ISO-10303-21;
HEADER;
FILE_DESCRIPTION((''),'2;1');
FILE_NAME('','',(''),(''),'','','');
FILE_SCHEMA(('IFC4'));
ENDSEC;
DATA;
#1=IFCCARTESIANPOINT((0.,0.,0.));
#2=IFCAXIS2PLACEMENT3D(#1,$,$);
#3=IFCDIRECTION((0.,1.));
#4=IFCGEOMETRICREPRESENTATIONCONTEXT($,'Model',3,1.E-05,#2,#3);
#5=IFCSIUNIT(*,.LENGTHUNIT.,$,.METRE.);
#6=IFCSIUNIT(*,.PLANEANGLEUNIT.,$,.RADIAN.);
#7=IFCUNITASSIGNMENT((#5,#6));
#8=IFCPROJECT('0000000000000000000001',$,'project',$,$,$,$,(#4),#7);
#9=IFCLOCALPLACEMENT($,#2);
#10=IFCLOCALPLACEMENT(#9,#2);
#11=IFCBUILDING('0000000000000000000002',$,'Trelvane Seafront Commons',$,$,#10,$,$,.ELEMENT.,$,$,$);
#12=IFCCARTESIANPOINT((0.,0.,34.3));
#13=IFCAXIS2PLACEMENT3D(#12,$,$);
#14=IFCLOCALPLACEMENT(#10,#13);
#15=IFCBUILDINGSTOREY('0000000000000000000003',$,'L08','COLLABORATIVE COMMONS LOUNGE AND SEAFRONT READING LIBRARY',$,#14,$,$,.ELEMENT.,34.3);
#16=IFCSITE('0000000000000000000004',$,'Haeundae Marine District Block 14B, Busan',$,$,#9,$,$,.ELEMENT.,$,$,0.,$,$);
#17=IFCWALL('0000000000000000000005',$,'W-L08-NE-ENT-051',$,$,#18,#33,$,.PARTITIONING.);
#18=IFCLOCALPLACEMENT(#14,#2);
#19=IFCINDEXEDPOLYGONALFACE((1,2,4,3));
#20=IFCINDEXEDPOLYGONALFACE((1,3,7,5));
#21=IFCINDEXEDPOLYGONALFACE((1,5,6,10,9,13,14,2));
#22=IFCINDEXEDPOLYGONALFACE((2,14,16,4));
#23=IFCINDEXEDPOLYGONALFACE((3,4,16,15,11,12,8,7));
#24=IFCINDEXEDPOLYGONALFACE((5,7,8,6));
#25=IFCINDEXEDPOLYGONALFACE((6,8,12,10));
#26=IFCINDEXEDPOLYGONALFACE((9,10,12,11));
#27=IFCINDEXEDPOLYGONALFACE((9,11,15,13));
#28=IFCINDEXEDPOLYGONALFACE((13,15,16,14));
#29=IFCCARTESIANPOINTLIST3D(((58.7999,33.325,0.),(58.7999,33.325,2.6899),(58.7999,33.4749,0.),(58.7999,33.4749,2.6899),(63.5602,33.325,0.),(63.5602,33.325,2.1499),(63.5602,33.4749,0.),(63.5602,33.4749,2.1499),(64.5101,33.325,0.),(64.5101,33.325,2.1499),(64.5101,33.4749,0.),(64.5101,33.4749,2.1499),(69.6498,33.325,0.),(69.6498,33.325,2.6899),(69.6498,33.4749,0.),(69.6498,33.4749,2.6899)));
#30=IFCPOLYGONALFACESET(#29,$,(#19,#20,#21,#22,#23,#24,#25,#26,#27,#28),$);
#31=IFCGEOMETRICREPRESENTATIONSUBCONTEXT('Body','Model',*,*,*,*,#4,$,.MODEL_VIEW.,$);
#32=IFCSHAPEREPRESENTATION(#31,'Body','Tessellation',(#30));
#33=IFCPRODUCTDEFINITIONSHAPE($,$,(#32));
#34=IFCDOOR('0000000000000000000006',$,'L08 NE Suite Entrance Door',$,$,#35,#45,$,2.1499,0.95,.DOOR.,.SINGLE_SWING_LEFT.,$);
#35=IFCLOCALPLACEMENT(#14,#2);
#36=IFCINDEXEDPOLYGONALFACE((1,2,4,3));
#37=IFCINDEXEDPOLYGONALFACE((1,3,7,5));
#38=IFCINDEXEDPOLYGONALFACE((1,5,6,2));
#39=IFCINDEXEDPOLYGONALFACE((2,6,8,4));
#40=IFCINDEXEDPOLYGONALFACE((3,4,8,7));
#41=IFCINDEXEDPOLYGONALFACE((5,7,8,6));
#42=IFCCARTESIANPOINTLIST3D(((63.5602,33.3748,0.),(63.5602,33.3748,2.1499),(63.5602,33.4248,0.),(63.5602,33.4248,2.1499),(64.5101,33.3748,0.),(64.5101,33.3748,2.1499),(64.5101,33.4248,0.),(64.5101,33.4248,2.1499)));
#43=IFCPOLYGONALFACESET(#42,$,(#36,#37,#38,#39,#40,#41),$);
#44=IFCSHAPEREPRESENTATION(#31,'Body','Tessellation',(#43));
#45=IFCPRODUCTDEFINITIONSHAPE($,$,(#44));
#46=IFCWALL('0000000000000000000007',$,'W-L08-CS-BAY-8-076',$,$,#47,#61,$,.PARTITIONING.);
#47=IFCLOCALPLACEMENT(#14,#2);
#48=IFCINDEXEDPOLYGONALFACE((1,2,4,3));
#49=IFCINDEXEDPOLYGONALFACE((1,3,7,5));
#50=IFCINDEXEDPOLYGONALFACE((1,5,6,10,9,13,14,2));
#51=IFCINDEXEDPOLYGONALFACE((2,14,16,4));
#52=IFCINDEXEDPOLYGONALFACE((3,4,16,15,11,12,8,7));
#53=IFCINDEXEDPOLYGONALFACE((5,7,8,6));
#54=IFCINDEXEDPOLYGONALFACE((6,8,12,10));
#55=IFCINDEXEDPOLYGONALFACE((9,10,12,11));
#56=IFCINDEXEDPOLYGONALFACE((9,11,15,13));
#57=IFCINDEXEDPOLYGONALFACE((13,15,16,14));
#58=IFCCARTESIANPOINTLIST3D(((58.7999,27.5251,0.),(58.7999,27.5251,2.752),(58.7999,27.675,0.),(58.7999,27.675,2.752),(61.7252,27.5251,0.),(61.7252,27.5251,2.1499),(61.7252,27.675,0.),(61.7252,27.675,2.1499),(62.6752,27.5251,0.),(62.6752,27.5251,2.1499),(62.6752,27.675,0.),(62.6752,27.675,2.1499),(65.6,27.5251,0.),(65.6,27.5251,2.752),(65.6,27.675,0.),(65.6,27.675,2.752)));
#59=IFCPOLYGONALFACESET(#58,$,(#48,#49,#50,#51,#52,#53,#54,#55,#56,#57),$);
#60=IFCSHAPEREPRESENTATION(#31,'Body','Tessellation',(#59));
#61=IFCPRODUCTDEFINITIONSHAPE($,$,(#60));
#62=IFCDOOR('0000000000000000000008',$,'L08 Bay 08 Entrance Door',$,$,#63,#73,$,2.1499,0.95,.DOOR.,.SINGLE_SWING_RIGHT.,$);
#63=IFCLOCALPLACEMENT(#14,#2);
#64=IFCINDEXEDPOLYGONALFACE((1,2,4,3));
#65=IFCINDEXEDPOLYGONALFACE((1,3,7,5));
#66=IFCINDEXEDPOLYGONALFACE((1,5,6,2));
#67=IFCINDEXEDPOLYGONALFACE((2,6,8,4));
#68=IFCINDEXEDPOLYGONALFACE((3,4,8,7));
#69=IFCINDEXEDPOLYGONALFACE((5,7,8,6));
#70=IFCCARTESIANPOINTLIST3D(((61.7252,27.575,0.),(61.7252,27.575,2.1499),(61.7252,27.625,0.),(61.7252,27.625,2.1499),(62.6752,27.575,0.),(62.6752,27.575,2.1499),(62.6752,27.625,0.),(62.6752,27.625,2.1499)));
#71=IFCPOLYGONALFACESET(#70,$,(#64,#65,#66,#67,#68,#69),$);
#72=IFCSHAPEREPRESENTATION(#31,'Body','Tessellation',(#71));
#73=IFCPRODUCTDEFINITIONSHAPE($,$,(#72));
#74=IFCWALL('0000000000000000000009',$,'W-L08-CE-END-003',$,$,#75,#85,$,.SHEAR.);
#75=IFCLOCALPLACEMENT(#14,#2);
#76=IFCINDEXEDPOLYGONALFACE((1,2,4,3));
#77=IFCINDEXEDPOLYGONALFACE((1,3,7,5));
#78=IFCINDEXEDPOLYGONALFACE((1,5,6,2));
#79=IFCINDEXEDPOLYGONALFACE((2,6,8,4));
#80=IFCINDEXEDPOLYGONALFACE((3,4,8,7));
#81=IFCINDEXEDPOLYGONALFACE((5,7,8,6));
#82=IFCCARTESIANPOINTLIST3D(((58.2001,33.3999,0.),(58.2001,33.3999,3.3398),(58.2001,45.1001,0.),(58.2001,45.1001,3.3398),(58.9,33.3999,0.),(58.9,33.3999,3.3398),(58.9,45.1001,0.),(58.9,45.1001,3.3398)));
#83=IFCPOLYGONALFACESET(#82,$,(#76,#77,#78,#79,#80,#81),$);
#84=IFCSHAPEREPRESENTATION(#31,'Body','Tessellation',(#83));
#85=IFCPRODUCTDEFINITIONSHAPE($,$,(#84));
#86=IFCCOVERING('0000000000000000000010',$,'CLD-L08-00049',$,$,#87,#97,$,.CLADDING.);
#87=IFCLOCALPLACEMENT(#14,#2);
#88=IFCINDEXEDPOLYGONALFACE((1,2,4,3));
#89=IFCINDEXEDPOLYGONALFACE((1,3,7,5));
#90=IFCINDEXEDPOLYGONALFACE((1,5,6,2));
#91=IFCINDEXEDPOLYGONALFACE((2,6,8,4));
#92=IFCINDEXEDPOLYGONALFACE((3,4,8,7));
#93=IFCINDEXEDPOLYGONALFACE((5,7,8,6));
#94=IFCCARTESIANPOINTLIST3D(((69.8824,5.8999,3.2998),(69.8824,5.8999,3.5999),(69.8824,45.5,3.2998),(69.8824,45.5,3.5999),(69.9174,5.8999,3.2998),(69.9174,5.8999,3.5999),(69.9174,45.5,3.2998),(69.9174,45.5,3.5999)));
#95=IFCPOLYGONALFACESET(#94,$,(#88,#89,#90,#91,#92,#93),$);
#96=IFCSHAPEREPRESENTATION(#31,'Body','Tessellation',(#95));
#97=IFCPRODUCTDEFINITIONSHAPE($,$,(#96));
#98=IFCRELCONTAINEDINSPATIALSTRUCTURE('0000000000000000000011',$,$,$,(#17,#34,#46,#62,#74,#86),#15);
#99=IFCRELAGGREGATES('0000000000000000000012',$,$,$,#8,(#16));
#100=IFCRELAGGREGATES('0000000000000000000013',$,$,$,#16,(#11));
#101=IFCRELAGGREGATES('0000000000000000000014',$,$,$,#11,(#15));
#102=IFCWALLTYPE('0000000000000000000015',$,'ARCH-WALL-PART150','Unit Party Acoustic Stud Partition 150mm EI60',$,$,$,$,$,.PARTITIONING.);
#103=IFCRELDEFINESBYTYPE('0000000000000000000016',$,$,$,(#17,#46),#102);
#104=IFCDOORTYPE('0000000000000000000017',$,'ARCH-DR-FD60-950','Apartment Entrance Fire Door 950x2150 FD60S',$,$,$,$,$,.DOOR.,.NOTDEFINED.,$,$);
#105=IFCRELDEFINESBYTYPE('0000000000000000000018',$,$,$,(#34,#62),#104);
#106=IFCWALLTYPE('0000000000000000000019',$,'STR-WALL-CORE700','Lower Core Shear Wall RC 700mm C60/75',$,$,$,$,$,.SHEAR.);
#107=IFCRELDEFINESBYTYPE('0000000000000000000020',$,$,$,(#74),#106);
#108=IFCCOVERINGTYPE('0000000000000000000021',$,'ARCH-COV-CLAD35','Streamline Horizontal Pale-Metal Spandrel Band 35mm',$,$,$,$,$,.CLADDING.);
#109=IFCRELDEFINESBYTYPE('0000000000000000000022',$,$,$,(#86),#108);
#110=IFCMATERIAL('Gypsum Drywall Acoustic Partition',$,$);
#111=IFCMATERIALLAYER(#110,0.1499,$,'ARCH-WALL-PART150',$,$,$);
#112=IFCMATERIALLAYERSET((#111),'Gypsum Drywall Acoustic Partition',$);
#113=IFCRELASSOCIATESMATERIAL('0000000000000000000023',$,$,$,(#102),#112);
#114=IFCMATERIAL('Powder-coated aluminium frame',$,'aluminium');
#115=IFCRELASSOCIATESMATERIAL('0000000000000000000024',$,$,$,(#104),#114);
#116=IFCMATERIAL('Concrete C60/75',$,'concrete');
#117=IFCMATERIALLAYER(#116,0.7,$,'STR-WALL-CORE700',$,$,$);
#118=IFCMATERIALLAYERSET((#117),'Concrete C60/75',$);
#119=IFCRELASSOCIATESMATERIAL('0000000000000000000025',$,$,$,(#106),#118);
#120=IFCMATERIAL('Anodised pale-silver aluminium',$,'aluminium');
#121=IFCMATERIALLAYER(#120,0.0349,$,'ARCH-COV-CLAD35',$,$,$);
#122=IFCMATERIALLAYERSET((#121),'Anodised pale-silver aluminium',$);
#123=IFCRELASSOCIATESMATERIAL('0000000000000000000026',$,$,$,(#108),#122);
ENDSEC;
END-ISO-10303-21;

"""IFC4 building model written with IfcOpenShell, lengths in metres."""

from ifc_helpers import new_model, si_unit, direction, frame, frame_2d, origin, origin_2d, place, context, subcontext, project, spatial, rectangle, extrude, source, transform, mapped, material, layer, layer_set, type_object, element, fill, save


model = new_model("IFC4")

# Units and contexts
model_context = context("Model", 3, precision=1e-05, world=origin(), true_north=direction((0.0, 1.0)))
body_context = subcontext(model_context, "Body", "Model", "MODEL_VIEW")
ifc_project = project(units=[si_unit("LENGTHUNIT", "METRE"), si_unit("PLANEANGLEUNIT", "RADIAN")], contexts=[model_context])

# Site, building, storey
site_placement = place(None, origin())
site = spatial("IfcSite", under=ifc_project, at=site_placement, Name="Haeundae Marine District Block 14B, Busan", CompositionType="ELEMENT", RefElevation=0.0)
building_placement = place(site_placement, origin())
building = spatial("IfcBuilding", under=site, at=building_placement, Name="Trelvane Seafront Commons", CompositionType="ELEMENT")
storey_placement = place(building_placement, frame((0.0, 0.0, 34.3)))
storey = spatial("IfcBuildingStorey", under=building, at=storey_placement, Name="L08", Description="COLLABORATIVE COMMONS LOUNGE AND SEAFRONT READING LIBRARY", CompositionType="ELEMENT", Elevation=34.3)

# Shared definitions
ifc_material_1 = material(Name="Concrete C60/75", Category="concrete")

# Shared definitions
ifc_material_2 = material(Name="Anodised pale-silver aluminium", Category="aluminium")

# Shared definitions
ifc_material_3 = material(Name="Gypsum Drywall Acoustic Partition")

# Walls, openings, doors
shared_shape_1 = source(origin(), body_context, "Body", "SweptSolid", [
    extrude(rectangle(XDim=0.95, YDim=2.1499, at=frame_2d((0.4751, 1.075))), frame((0.0, 0.0249, 0.0), z_axis=(0.0, -1.0, 0.0), x_axis=(1.0, 0.0, 0.0)), (0.0, 0.0, 1.0), 0.05),
])
ifc_layer_1 = layer(ifc_material_3, 0.1499, Name="ARCH-WALL-PART150")
ifc_layer_set_1 = layer_set([ifc_layer_1], Name="Gypsum Drywall Acoustic Partition")
wall_type_1 = type_object("IfcWallType", Name="ARCH-WALL-PART150", Description="Unit Party Acoustic Stud Partition 150mm EI60", PredefinedType="PARTITIONING", material=ifc_layer_set_1)
wall_1_placement = place(storey_placement, frame((58.8, 33.3999, 0.0), z_axis=(0.0, 0.0, 1.0), x_axis=(1.0, 0.0, 0.0)))
wall_1 = element("IfcWall", 1, at=wall_1_placement, inside=storey, type_object=wall_type_1, Name="W-L08-NE-ENT-051", PredefinedType="PARTITIONING", context=body_context, shape_type="SweptSolid", body=[
    extrude(rectangle(XDim=10.8499, YDim=0.1499, at=frame_2d((5.4248, 0.0))), origin(), (0.0, 0.0, 1.0), 2.6899),
])
opening_1_placement = place(wall_1_placement, frame((4.76, 0.0, 0.0)))
opening_1 = element("IfcOpeningElement", 2, at=opening_1_placement, cuts=wall_1, PredefinedType="OPENING", context=body_context, shape_type="SweptSolid", body=[
    extrude(rectangle(XDim=0.95, YDim=2.1499, at=frame_2d((0.4751, 1.075))), frame((0.0, 0.085, 0.0), z_axis=(0.0, -1.0, 0.0), x_axis=(1.0, 0.0, 0.0)), (0.0, 0.0, 1.0), 0.1699),
])
ifc_material_4 = material(Name="Powder-coated aluminium frame", Category="aluminium")
door_type_1 = type_object("IfcDoorType", Name="ARCH-DR-FD60-950", Description="Apartment Entrance Fire Door 950x2150 FD60S", OperationType="NOTDEFINED", PredefinedType="DOOR", material=ifc_material_4)
door_1_placement = place(opening_1_placement, origin())
door_1 = element("IfcDoor", 3, at=door_1_placement, inside=storey, type_object=door_type_1, Name="L08 NE Suite Entrance Door", OperationType="SINGLE_SWING_LEFT", OverallHeight=2.1499, OverallWidth=0.95, PredefinedType="DOOR", context=body_context, shape_type="MappedRepresentation", body=[
    mapped(shared_shape_1, transform((0.0, 0.0, 0.0), x_axis=(1.0, 0.0, 0.0), y_axis=(0.0, 1.0, 0.0), z_axis=(0.0, 0.0, 1.0), scale=1.0)),
])
fill(opening_1, door_1)
wall_2_placement = place(storey_placement, frame((58.8, 27.6001, 0.0), z_axis=(0.0, 0.0, 1.0), x_axis=(1.0, 0.0, 0.0)))
wall_2 = element("IfcWall", 4, at=wall_2_placement, inside=storey, type_object=wall_type_1, Name="W-L08-CS-BAY-8-076", PredefinedType="PARTITIONING", context=body_context, shape_type="SweptSolid", body=[
    extrude(rectangle(XDim=6.8, YDim=0.1499, at=frame_2d((3.3999, 0.0))), origin(), (0.0, 0.0, 1.0), 2.752),
])
opening_2_placement = place(wall_2_placement, frame((2.925, 0.0, 0.0)))
opening_2 = element("IfcOpeningElement", 5, at=opening_2_placement, cuts=wall_2, PredefinedType="OPENING", context=body_context, shape_type="SweptSolid", body=[
    extrude(rectangle(XDim=0.95, YDim=2.1499, at=frame_2d((0.4751, 1.075))), frame((0.0, 0.085, 0.0), z_axis=(0.0, -1.0, 0.0), x_axis=(1.0, 0.0, 0.0)), (0.0, 0.0, 1.0), 0.1699),
])
door_2_placement = place(opening_2_placement, origin())
door_2 = element("IfcDoor", 6, at=door_2_placement, inside=storey, type_object=door_type_1, Name="L08 Bay 08 Entrance Door", OperationType="SINGLE_SWING_RIGHT", OverallHeight=2.1499, OverallWidth=0.95, PredefinedType="DOOR", context=body_context, shape_type="MappedRepresentation", body=[
    mapped(shared_shape_1, transform((0.0, 0.0, 0.0), x_axis=(1.0, 0.0, 0.0), y_axis=(0.0, 1.0, 0.0), z_axis=(0.0, 0.0, 1.0), scale=1.0)),
])
fill(opening_2, door_2)

# Wall
ifc_layer_2 = layer(ifc_material_1, 0.7, Name="STR-WALL-CORE700")
ifc_layer_set_2 = layer_set([ifc_layer_2], Name="Concrete C60/75")
wall_type_2 = type_object("IfcWallType", Name="STR-WALL-CORE700", Description="Lower Core Shear Wall RC 700mm C60/75", PredefinedType="SHEAR", material=ifc_layer_set_2)
wall_3_placement = place(storey_placement, frame((58.55, 33.3999, 0.0), z_axis=(0.0, 0.0, 1.0), x_axis=(0.0, 1.0, 0.0)))
element("IfcWall", 7, at=wall_3_placement, inside=storey, type_object=wall_type_2, Name="W-L08-CE-END-003", PredefinedType="SHEAR", context=body_context, shape_type="SweptSolid", body=[
    extrude(rectangle(XDim=11.7002, YDim=0.7, at=frame_2d((5.8501, 0.0))), origin(), (0.0, 0.0, 1.0), 3.3398),
])

# Covering
ifc_layer_3 = layer(ifc_material_2, 0.0349, Name="ARCH-COV-CLAD35")
ifc_layer_set_3 = layer_set([ifc_layer_3], Name="Anodised pale-silver aluminium")
covering_type = type_object("IfcCoveringType", Name="ARCH-COV-CLAD35", Description="Streamline Horizontal Pale-Metal Spandrel Band 35mm", PredefinedType="CLADDING", material=ifc_layer_set_3)
shared_shape_2 = source(origin(), body_context, "Body", "SweptSolid", [
    extrude(rectangle(XDim=39.6001, YDim=0.0349, at=origin_2d()), origin(), (0.0, 0.0, 1.0), 0.3),
])
covering_placement = place(storey_placement, frame((69.8999, 25.7, 3.2998), z_axis=(0.0, 0.0, 1.0), x_axis=(0.0, -1.0, 0.0)))
element("IfcCovering", 8, at=covering_placement, inside=storey, type_object=covering_type, Name="CLD-L08-00049", PredefinedType="CLADDING", context=body_context, shape_type="MappedRepresentation", body=[
    mapped(shared_shape_2, transform((0.0, 0.0, 0.0), x_axis=(1.0, 0.0, 0.0), y_axis=(0.0, 1.0, 0.0), z_axis=(0.0, 0.0, 1.0), scale=1.0)),
])

save(model, "model.ifc")
